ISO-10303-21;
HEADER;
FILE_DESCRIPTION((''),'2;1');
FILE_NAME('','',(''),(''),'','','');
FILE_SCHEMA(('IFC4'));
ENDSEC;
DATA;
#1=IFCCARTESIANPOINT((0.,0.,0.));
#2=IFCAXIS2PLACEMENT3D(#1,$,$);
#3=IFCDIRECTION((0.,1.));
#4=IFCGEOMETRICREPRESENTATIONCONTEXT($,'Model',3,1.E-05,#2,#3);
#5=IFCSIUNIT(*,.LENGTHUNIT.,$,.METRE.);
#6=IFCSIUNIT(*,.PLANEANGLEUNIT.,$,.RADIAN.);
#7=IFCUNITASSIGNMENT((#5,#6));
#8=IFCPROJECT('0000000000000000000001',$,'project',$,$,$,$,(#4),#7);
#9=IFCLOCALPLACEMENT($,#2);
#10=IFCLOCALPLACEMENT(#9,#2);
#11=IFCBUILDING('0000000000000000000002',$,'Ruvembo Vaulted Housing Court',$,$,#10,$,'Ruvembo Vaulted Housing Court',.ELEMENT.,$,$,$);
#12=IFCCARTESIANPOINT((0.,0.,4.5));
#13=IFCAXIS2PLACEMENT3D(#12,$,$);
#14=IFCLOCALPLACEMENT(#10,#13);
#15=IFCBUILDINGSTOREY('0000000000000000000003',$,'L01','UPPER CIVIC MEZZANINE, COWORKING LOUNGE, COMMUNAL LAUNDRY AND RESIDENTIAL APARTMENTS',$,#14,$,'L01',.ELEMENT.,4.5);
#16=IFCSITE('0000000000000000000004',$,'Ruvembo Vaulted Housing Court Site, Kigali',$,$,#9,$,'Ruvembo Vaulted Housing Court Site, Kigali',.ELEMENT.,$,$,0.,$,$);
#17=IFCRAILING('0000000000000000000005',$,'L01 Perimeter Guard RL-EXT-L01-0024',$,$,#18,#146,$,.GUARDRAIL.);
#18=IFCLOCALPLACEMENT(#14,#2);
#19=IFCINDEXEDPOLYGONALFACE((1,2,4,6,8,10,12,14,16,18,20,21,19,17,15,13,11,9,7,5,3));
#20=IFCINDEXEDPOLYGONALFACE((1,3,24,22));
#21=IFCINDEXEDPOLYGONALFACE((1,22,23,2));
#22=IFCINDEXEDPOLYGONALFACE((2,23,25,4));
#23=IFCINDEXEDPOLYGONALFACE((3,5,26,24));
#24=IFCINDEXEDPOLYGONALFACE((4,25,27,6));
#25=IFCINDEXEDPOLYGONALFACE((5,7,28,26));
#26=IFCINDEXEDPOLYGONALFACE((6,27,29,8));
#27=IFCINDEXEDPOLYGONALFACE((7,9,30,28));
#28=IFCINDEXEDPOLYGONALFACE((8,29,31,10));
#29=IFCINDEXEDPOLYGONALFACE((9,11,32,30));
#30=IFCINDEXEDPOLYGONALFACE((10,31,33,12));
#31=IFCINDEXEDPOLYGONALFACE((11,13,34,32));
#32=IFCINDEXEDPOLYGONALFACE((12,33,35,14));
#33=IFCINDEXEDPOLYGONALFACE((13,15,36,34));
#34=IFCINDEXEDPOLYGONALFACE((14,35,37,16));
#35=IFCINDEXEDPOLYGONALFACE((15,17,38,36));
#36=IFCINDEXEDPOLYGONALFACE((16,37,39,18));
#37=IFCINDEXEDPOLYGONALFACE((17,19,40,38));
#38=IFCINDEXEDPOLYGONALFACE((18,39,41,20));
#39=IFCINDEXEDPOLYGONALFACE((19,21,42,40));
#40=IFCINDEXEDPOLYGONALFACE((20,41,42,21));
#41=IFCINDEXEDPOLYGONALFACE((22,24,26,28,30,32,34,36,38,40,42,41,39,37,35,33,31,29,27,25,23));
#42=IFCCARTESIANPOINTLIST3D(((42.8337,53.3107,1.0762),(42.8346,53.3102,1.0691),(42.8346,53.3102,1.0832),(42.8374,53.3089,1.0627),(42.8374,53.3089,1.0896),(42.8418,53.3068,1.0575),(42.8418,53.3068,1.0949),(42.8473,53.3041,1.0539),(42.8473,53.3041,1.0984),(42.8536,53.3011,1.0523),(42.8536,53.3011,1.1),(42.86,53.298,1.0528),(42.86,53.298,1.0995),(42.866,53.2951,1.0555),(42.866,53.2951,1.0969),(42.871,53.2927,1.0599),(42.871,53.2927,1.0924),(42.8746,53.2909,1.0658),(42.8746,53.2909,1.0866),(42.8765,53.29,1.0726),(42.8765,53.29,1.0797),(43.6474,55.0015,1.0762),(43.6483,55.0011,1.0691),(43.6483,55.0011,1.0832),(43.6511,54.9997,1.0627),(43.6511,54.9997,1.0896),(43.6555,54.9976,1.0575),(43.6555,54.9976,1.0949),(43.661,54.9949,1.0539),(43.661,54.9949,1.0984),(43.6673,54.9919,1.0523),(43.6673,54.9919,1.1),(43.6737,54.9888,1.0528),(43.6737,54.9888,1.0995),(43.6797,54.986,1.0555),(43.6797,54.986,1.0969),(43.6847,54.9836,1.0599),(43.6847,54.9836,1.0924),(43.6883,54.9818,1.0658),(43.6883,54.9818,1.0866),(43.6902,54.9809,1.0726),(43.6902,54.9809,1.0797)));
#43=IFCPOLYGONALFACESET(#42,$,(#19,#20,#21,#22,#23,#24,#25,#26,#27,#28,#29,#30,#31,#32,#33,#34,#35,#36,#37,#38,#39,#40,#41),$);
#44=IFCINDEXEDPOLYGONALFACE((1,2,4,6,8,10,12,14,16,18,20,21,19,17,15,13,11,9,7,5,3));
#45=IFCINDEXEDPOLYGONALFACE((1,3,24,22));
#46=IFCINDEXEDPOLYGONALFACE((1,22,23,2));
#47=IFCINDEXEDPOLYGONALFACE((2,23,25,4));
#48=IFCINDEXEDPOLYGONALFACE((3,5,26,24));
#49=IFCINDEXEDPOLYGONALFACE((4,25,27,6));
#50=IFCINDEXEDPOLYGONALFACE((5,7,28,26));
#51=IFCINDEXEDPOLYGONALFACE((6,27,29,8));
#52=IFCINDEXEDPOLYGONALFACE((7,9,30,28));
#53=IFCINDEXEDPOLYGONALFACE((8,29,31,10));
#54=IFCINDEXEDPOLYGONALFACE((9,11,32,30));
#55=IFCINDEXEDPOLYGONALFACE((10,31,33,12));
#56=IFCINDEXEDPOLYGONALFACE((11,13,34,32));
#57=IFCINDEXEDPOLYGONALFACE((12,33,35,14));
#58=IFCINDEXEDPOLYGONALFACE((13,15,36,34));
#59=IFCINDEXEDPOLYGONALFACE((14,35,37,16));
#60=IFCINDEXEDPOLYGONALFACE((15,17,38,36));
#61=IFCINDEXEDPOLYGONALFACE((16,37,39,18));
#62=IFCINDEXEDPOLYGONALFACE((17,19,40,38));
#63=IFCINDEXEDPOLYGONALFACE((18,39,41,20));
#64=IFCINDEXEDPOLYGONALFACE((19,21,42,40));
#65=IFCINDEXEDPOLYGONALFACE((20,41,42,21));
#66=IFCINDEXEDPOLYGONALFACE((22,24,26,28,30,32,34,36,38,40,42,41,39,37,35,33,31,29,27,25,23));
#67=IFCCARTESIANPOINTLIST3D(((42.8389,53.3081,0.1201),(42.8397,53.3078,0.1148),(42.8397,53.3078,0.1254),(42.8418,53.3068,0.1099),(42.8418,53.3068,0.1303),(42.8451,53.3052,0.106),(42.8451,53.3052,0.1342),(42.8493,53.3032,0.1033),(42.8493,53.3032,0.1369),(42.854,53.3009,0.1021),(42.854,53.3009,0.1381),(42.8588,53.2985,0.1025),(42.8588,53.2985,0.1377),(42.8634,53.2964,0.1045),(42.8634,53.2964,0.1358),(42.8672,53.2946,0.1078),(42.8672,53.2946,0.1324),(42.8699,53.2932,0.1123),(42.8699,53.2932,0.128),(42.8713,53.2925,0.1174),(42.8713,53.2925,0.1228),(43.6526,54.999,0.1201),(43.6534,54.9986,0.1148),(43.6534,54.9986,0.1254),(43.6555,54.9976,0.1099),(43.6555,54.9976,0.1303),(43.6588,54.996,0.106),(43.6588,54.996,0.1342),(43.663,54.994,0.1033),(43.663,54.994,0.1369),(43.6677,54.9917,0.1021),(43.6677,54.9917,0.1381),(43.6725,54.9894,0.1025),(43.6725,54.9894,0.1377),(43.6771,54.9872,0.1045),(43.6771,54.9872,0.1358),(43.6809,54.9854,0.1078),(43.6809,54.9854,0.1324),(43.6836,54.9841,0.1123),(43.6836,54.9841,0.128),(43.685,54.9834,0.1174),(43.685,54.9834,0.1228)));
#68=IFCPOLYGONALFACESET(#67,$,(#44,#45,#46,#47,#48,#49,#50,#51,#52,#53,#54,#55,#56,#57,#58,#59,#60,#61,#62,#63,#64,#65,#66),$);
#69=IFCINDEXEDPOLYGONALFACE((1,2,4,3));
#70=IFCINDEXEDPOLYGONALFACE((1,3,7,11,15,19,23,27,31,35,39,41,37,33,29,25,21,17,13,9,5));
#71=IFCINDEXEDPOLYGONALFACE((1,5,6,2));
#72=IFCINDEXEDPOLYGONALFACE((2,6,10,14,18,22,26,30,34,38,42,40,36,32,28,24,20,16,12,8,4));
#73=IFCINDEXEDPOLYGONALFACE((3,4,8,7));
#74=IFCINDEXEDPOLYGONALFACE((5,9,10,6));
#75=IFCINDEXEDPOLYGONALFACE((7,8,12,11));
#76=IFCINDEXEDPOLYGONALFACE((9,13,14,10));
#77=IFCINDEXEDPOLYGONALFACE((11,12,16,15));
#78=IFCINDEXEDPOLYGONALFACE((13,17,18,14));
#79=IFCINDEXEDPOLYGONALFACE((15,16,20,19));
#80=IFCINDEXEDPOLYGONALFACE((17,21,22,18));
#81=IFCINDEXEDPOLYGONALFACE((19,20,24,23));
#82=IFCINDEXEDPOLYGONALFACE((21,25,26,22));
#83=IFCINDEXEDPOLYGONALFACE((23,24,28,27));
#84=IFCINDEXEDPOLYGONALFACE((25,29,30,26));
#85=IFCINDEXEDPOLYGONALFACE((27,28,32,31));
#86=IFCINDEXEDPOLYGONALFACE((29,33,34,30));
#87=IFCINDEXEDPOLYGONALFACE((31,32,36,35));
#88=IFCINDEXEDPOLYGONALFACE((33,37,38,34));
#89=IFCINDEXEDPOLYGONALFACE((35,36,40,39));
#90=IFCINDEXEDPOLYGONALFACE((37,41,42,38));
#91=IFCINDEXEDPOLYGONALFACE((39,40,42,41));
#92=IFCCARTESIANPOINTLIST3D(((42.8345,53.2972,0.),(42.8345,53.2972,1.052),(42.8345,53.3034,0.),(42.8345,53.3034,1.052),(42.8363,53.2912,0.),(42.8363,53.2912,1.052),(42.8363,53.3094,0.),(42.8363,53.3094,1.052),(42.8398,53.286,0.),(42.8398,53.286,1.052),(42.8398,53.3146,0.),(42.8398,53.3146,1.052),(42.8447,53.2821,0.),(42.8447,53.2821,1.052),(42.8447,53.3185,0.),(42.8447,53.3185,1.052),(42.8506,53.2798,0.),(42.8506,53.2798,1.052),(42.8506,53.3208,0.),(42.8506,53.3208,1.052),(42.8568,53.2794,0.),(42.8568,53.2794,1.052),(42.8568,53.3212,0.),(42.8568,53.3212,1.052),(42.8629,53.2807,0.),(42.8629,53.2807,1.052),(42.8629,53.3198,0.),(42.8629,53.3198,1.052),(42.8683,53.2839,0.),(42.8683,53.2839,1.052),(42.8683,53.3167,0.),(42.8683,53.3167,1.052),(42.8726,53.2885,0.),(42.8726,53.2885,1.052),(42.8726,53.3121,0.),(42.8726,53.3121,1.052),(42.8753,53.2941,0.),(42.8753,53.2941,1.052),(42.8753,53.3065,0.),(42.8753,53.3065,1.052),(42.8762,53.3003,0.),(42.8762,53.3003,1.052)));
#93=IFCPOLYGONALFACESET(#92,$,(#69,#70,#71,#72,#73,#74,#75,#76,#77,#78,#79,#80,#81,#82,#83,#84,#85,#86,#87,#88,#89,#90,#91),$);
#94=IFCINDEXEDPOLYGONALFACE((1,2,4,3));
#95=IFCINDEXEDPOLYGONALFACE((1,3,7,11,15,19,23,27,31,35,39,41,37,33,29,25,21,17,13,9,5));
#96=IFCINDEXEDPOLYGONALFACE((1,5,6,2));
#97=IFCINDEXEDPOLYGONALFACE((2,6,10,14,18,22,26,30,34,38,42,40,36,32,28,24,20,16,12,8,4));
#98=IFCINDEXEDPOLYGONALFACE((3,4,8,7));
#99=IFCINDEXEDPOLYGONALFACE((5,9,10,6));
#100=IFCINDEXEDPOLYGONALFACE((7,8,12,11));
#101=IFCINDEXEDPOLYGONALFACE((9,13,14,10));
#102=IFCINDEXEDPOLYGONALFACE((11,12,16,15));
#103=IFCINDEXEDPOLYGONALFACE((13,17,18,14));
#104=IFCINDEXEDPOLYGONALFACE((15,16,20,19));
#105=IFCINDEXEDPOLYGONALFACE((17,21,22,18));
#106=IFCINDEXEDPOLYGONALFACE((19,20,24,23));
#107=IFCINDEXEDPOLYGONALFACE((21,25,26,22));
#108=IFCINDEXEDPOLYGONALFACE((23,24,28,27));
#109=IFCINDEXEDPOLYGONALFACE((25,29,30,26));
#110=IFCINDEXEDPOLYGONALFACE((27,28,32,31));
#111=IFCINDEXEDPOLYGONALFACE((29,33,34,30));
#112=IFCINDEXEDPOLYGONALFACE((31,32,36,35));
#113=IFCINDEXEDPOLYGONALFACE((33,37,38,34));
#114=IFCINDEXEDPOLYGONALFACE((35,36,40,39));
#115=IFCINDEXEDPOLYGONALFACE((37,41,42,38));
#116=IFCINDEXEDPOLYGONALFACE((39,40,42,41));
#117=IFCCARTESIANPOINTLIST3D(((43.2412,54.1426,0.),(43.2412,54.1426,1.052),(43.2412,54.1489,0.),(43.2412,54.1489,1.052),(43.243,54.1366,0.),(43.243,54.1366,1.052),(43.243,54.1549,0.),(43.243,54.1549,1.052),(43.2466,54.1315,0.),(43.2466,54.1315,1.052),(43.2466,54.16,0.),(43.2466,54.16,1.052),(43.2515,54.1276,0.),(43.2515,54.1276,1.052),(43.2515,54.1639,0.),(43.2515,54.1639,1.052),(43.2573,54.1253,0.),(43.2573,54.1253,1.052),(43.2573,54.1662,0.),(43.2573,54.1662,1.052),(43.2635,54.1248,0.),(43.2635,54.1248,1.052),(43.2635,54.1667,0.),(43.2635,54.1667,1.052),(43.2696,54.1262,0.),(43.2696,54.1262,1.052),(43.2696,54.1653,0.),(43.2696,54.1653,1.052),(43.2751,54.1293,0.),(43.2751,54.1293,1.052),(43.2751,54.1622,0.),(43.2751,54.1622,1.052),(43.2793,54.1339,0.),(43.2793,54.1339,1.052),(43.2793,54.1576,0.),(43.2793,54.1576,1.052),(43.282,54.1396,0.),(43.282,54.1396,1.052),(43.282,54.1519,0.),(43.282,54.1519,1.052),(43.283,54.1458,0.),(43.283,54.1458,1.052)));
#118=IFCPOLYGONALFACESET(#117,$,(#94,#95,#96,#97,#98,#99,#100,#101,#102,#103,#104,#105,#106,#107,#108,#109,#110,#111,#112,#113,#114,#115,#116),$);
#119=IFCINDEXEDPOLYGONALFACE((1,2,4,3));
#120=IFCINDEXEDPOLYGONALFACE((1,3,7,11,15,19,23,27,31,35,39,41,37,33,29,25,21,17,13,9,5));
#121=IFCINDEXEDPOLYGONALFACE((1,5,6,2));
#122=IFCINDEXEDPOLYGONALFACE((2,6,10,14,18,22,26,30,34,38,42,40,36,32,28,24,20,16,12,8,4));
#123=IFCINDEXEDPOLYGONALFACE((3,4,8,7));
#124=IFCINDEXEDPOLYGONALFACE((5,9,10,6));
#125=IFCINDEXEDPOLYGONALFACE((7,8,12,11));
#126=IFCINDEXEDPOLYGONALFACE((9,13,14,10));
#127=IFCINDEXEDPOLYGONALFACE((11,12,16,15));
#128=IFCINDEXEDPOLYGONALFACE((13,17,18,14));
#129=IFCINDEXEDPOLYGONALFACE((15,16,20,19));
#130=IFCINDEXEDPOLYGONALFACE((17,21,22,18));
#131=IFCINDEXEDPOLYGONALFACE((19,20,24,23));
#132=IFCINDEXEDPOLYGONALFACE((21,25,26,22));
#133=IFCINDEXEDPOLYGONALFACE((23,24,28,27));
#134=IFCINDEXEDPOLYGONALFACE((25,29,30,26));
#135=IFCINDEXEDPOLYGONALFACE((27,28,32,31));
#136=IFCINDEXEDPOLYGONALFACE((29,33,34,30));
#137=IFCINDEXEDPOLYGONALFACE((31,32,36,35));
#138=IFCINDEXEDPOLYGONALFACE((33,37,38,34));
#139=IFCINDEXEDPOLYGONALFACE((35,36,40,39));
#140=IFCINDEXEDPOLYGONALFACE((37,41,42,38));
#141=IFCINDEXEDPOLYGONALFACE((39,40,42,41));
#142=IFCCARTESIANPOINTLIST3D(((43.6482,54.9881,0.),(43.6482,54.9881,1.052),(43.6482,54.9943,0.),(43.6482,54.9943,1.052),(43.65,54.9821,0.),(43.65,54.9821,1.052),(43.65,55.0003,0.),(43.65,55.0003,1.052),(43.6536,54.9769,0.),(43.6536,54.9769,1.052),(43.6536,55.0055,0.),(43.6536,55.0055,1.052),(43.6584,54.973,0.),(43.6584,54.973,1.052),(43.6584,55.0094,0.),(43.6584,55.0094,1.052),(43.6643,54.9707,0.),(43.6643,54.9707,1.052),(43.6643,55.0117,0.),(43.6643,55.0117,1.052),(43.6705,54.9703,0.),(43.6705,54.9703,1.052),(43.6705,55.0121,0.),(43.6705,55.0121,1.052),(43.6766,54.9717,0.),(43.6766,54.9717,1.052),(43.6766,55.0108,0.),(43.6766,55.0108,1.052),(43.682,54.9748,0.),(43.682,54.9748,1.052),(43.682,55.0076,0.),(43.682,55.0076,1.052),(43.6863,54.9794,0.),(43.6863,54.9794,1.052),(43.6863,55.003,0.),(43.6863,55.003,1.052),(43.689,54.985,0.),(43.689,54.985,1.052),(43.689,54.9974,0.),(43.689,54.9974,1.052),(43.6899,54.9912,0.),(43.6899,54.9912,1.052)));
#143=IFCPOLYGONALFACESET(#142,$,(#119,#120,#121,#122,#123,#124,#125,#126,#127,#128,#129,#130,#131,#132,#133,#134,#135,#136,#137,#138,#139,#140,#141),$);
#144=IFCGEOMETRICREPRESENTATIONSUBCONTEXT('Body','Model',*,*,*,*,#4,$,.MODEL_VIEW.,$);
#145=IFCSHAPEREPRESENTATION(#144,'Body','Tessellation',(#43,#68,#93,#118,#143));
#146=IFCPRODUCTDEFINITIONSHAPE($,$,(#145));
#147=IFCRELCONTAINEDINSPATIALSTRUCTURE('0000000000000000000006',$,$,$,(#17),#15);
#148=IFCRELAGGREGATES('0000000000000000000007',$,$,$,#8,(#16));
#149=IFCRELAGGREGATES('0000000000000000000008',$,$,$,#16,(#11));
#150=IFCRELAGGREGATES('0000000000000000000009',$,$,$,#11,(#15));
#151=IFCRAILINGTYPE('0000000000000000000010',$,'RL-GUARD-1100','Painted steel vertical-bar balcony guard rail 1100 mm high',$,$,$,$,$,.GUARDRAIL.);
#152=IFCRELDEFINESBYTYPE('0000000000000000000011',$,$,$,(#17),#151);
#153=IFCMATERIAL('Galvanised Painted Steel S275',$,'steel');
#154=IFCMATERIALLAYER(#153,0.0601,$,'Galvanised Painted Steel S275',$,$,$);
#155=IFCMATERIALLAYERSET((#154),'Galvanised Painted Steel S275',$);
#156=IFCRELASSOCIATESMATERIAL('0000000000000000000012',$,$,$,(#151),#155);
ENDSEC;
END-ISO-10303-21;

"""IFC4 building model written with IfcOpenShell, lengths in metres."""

from ifc_helpers import new_model, si_unit, direction, frame, origin, origin_2d, place, context, subcontext, project, spatial, circle, extrude, material, layer, layer_set, type_object, element, save


model = new_model("IFC4")

# Units and contexts
model_context = context("Model", 3, precision=1e-05, world=origin(), true_north=direction((0.0, 1.0)))
body_context = subcontext(model_context, "Body", "Model", "MODEL_VIEW")
ifc_project = project(units=[si_unit("LENGTHUNIT", "METRE"), si_unit("PLANEANGLEUNIT", "RADIAN")], contexts=[model_context])

# Site, building, storey
site_placement = place(None, origin())
site = spatial("IfcSite", under=ifc_project, at=site_placement, Name="Ruvembo Vaulted Housing Court Site, Kigali", LongName="Ruvembo Vaulted Housing Court Site, Kigali", CompositionType="ELEMENT", RefElevation=0.0)
building_placement = place(site_placement, origin())
building = spatial("IfcBuilding", under=site, at=building_placement, Name="Ruvembo Vaulted Housing Court", LongName="Ruvembo Vaulted Housing Court", CompositionType="ELEMENT")
storey_placement = place(building_placement, frame((0.0, 0.0, 4.5)))
storey = spatial("IfcBuildingStorey", under=building, at=storey_placement, Name="L01", Description="UPPER CIVIC MEZZANINE, COWORKING LOUNGE, COMMUNAL LAUNDRY AND RESIDENTIAL APARTMENTS", LongName="L01", CompositionType="ELEMENT", Elevation=4.5)

# Railing
ifc_material_1 = material(Name="Galvanised Painted Steel S275", Category="steel")
ifc_layer = layer(ifc_material_1, 0.0601, Name="Galvanised Painted Steel S275")
ifc_layer_set = layer_set([ifc_layer], Name="Galvanised Painted Steel S275")
railing_type = type_object("IfcRailingType", Name="RL-GUARD-1100", Description="Painted steel vertical-bar balcony guard rail 1100 mm high", PredefinedType="GUARDRAIL", material=ifc_layer_set)
railing_1_placement = place(storey_placement, frame((42.8552, 53.3003, 0.0)))
element("IfcRailing", 1, at=railing_1_placement, inside=storey, type_object=railing_type, Name="L01 Perimeter Guard RL-EXT-L01-0024", PredefinedType="GUARDRAIL", context=body_context, shape_type="SweptSolid", body=[
    extrude(circle(Radius=0.0239, at=origin_2d()), frame((0.0, 0.0, 1.0762), z_axis=(0.433632, 0.90109, 0.0), x_axis=(-0.90109, 0.433632, 0.0)), (0.0, 0.0, 1.0), 1.8765),
    extrude(circle(Radius=0.0181, at=origin_2d()), frame((0.0, 0.0, 0.1201), z_axis=(0.433632, 0.90109, 0.0), x_axis=(-0.90109, 0.433632, 0.0)), (0.0, 0.0, 1.0), 1.8765),
    extrude(circle(Radius=0.021, at=origin_2d()), origin(), (0.0, 0.0, 1.0), 1.052),
    extrude(circle(Radius=0.021, at=origin_2d()), frame((0.4067, 0.8455, 0.0)), (0.0, 0.0, 1.0), 1.052),
    extrude(circle(Radius=0.021, at=origin_2d()), frame((0.8137, 1.6909, 0.0)), (0.0, 0.0, 1.0), 1.052),
])

save(model, "model.ifc")
